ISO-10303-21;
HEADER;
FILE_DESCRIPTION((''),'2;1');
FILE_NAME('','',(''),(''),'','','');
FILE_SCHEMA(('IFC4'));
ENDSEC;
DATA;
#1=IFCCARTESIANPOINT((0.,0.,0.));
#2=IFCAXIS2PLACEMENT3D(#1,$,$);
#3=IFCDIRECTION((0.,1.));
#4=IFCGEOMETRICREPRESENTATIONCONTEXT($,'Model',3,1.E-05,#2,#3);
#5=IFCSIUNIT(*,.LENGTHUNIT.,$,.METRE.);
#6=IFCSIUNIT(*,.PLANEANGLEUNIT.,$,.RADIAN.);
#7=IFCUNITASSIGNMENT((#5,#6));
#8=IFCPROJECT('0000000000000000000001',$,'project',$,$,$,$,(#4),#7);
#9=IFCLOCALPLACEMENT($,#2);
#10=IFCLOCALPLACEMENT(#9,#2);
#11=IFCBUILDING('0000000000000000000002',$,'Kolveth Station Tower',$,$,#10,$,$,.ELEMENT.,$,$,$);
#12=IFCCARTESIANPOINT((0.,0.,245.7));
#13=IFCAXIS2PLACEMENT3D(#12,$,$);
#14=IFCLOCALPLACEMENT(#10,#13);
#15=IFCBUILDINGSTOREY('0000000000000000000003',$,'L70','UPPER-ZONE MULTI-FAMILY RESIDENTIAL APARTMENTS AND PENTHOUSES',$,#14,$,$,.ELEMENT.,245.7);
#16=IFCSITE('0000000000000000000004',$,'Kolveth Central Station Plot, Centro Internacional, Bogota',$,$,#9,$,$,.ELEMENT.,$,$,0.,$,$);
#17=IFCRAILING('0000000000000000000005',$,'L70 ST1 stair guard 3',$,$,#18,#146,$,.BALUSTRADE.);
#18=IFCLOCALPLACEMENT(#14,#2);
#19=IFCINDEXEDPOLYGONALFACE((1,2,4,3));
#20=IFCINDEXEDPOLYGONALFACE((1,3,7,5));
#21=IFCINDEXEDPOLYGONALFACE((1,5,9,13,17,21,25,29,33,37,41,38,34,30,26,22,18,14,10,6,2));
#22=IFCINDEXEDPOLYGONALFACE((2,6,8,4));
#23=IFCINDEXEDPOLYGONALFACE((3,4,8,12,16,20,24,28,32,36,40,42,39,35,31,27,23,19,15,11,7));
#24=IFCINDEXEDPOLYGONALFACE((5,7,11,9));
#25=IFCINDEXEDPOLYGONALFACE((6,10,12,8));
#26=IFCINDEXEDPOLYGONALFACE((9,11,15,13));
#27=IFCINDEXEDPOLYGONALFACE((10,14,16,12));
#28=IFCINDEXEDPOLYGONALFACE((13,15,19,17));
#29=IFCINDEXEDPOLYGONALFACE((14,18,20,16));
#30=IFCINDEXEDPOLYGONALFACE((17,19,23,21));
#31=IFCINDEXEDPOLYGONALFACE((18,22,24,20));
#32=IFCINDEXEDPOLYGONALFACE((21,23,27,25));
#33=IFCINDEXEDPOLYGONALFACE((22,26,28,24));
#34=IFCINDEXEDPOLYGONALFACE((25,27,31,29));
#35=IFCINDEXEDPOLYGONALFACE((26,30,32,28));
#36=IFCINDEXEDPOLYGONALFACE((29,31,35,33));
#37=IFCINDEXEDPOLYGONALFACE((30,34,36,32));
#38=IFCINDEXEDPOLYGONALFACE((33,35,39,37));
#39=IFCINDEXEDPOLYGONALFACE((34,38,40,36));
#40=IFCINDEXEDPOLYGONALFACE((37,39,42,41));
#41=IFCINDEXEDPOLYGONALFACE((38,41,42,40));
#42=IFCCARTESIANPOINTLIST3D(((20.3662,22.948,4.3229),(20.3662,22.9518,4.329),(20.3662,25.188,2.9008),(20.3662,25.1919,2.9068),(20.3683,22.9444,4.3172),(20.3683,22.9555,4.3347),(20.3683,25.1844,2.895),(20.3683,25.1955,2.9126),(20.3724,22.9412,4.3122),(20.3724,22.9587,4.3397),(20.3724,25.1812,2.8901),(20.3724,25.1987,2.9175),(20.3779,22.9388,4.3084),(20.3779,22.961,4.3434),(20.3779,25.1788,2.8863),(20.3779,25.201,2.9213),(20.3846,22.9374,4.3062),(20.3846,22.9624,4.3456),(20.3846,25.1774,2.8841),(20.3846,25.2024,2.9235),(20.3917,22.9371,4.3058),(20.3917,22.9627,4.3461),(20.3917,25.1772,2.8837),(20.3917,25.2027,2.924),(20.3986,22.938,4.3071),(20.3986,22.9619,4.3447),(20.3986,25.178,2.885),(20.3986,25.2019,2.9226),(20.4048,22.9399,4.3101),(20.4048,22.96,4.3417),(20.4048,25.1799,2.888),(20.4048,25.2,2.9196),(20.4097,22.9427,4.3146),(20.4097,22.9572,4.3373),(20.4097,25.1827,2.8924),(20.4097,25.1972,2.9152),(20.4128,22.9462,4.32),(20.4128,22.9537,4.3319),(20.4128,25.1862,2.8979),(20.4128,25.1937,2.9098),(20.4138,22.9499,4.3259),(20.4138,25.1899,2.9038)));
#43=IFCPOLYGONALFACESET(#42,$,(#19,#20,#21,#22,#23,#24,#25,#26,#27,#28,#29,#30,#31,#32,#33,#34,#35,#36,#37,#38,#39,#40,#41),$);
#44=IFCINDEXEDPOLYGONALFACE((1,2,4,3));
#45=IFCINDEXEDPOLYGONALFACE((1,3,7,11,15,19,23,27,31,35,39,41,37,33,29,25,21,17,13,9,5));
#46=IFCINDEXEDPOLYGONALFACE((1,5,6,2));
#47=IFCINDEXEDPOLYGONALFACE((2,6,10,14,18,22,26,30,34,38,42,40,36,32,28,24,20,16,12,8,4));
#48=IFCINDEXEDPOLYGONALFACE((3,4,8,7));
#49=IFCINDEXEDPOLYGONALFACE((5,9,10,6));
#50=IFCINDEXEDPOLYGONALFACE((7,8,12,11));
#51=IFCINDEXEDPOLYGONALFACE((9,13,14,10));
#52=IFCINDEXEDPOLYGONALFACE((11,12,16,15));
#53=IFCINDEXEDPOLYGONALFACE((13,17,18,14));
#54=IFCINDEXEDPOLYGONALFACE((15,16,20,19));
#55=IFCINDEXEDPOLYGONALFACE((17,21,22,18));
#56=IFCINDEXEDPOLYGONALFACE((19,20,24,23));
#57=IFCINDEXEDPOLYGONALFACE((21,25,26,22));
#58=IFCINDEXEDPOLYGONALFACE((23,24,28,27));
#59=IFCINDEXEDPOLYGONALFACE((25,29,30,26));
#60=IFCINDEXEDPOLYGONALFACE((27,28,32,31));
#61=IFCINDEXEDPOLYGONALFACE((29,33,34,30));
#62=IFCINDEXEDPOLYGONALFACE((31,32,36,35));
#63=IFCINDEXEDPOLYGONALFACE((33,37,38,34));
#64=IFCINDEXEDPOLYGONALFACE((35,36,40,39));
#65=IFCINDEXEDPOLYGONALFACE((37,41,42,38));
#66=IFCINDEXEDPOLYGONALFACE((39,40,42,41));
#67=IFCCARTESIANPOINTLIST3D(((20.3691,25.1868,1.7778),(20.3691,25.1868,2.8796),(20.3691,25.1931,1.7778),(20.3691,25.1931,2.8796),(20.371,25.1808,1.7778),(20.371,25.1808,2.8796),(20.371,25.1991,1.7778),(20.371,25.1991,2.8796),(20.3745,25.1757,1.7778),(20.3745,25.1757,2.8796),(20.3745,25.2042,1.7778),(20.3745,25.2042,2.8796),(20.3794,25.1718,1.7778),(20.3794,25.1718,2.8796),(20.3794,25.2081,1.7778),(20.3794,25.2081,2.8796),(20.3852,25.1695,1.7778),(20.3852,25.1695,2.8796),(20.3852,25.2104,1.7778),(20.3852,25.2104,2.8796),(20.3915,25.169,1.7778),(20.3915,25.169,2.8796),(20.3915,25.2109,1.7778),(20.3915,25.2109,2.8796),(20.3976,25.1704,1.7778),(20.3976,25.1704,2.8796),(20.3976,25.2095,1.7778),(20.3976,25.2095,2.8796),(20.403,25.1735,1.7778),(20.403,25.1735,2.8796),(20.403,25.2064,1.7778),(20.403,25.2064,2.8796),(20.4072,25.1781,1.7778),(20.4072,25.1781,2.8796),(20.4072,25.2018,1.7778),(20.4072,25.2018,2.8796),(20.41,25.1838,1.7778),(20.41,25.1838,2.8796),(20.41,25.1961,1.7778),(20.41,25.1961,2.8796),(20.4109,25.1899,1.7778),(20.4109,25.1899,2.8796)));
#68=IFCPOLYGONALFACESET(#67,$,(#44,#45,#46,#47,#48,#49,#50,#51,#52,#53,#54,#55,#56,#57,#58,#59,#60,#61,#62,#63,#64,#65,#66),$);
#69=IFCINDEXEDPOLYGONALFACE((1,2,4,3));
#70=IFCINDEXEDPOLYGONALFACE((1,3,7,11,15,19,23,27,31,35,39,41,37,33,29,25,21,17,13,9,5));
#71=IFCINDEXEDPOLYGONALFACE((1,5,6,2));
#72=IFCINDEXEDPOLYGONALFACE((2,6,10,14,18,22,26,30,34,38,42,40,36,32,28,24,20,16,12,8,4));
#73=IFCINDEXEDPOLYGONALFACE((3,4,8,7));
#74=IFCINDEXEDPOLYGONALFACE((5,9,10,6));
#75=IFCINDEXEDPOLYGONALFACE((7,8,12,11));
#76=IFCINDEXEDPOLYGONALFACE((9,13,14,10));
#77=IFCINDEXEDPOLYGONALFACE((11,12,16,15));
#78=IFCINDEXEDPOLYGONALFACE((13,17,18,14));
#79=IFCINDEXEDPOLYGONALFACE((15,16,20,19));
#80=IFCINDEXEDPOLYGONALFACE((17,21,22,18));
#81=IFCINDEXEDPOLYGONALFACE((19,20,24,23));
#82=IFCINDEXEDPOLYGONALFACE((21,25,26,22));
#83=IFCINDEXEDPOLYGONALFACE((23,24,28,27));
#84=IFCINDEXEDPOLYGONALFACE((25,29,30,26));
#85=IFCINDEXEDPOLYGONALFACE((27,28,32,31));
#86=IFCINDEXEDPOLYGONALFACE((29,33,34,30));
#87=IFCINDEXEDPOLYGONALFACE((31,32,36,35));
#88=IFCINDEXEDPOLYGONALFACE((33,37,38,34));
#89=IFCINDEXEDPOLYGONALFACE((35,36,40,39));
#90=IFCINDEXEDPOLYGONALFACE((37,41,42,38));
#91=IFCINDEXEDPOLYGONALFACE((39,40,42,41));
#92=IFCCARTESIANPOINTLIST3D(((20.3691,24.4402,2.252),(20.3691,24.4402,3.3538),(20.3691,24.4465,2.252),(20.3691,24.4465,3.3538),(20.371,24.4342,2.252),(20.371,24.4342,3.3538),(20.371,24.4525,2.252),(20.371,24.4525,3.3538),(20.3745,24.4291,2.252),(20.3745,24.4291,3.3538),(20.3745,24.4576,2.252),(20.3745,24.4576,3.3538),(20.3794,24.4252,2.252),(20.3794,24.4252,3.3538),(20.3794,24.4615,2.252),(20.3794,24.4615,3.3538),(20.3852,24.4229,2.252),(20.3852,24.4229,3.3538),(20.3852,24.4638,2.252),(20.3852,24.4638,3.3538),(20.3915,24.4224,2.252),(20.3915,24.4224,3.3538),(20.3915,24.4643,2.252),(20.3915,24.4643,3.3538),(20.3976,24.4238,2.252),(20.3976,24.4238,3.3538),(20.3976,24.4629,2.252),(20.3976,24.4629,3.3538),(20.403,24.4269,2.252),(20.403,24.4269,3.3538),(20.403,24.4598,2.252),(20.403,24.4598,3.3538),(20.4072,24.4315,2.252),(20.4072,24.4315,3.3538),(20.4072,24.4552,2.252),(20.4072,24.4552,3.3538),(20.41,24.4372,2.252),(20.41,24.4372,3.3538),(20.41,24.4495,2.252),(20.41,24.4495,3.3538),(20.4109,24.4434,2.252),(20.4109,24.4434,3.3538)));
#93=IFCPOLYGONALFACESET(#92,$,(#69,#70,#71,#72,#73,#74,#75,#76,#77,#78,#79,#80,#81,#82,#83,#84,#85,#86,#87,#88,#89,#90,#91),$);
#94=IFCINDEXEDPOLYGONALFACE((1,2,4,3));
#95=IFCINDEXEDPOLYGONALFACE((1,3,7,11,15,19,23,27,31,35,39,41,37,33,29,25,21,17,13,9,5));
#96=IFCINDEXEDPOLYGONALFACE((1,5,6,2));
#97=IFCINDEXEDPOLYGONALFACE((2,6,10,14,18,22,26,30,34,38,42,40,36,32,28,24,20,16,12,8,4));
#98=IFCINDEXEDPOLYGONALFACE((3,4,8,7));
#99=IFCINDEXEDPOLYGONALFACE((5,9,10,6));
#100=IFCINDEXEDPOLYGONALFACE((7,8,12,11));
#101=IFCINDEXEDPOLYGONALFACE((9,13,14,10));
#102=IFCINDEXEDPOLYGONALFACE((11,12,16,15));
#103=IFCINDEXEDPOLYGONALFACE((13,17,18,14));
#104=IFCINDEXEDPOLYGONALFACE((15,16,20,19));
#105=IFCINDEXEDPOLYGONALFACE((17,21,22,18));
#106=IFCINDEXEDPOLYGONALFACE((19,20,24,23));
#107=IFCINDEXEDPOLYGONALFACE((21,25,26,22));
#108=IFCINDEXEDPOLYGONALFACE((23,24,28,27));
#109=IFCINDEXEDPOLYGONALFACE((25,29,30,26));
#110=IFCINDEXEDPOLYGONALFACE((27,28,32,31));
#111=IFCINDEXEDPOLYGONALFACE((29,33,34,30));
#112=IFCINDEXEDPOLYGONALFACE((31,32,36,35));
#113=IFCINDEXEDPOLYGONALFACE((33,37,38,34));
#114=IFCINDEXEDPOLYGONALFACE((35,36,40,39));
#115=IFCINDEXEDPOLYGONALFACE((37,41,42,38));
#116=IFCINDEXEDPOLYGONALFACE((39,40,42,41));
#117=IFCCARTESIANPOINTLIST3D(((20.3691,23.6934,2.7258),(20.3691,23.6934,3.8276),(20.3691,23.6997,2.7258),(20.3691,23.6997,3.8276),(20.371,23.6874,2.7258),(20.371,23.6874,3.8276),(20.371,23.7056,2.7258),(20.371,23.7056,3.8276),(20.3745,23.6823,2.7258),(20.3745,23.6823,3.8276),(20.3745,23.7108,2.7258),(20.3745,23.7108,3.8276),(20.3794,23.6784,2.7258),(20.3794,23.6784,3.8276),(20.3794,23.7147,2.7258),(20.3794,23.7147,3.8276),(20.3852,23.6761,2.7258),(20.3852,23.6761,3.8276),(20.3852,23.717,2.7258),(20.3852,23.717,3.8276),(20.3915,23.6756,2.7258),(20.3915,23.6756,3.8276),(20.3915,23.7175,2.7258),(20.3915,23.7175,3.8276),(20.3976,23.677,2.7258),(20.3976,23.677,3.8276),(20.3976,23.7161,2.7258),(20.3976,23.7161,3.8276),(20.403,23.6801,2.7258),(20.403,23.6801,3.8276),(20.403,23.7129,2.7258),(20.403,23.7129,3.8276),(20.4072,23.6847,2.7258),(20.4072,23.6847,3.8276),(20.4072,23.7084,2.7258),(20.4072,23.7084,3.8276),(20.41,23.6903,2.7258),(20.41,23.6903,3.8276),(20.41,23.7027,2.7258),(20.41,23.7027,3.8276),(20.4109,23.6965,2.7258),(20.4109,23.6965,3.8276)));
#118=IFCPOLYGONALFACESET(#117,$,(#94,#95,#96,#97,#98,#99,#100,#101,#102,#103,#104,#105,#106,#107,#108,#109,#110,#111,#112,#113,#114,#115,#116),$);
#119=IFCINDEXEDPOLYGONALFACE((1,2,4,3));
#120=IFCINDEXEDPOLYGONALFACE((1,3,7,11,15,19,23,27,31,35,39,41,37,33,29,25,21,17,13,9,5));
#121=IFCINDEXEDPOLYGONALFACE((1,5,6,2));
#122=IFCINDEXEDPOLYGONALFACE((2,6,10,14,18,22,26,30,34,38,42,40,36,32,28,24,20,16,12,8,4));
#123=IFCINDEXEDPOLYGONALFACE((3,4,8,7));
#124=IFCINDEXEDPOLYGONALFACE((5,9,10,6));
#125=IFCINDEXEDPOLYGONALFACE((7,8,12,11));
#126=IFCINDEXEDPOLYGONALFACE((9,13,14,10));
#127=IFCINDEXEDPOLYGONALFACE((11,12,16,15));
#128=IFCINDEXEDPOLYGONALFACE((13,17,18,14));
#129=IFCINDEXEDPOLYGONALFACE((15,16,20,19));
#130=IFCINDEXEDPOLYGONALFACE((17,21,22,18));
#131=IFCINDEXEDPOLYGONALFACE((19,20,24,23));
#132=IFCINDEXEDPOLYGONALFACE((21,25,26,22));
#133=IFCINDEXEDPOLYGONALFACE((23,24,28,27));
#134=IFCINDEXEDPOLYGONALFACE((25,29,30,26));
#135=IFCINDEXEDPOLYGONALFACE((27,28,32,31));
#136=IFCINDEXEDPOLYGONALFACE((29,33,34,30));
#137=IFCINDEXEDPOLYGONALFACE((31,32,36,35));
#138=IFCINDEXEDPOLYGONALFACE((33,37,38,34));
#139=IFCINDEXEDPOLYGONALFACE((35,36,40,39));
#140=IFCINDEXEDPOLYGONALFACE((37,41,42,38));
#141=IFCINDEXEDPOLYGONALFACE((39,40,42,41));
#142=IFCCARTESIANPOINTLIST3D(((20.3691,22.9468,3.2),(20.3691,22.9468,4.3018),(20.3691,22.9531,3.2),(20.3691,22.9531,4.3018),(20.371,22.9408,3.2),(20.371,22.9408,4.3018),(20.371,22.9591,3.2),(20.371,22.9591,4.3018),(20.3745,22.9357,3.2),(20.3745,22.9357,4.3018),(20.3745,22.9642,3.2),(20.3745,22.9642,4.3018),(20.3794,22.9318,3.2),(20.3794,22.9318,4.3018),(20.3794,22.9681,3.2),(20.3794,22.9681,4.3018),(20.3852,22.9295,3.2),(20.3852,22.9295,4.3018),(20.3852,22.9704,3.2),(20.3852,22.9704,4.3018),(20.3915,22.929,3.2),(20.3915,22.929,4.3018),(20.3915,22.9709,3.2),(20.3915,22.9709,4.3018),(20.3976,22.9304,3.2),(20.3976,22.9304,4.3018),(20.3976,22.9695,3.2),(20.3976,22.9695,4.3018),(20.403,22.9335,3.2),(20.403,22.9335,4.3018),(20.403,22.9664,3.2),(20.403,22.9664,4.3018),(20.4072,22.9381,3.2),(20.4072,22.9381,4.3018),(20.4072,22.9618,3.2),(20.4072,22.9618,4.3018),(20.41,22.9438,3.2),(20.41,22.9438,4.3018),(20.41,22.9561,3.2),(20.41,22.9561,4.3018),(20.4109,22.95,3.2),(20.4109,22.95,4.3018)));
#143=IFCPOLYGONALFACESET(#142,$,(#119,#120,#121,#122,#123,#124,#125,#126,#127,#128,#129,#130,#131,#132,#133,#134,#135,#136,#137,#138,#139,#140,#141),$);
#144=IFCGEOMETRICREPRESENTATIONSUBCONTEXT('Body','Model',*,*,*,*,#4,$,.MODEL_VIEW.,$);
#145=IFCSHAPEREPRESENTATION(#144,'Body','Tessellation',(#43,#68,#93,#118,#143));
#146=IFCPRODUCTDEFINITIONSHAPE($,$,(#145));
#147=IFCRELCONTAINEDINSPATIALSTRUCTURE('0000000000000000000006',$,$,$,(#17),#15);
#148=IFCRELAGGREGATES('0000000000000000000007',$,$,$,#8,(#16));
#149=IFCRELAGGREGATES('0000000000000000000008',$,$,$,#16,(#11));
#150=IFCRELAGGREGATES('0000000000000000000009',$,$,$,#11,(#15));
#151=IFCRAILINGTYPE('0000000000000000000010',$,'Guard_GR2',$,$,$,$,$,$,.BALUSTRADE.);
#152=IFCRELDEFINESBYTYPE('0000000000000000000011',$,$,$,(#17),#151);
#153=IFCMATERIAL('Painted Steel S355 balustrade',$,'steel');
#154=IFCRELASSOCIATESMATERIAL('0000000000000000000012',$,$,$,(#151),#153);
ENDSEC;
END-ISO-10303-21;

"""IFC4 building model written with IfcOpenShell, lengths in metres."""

from ifc_helpers import new_model, si_unit, direction, frame, origin, origin_2d, place, context, subcontext, project, spatial, circle, extrude, material, type_object, element, save


model = new_model("IFC4")

# Units and contexts
model_context = context("Model", 3, precision=1e-05, world=origin(), true_north=direction((0.0, 1.0)))
body_context = subcontext(model_context, "Body", "Model", "MODEL_VIEW")
ifc_project = project(units=[si_unit("LENGTHUNIT", "METRE"), si_unit("PLANEANGLEUNIT", "RADIAN")], contexts=[model_context])

# Site, building, storey
site_placement = place(None, origin())
site = spatial("IfcSite", under=ifc_project, at=site_placement, Name="Kolveth Central Station Plot, Centro Internacional, Bogota", CompositionType="ELEMENT", RefElevation=0.0)
building_placement = place(site_placement, origin())
building = spatial("IfcBuilding", under=site, at=building_placement, Name="Kolveth Station Tower", CompositionType="ELEMENT")
storey_placement = place(building_placement, frame((0.0, 0.0, 245.7)))
storey = spatial("IfcBuildingStorey", under=building, at=storey_placement, Name="L70", Description="UPPER-ZONE MULTI-FAMILY RESIDENTIAL APARTMENTS AND PENTHOUSES", CompositionType="ELEMENT", Elevation=245.7)

# Railing
ifc_material_1 = material(Name="Painted Steel S355 balustrade", Category="steel")
railing_type_1 = type_object("IfcRailingType", Name="Guard_GR2", PredefinedType="BALUSTRADE", material=ifc_material_1)
railing_1_placement = place(storey_placement, frame((20.3899, 25.1899, 1.7778)))
element("IfcRailing", 1, at=railing_1_placement, inside=storey, type_object=railing_type_1, Name="L70 ST1 stair guard 3", PredefinedType="BALUSTRADE", context=body_context, shape_type="SweptSolid", body=[
    extrude(circle(Radius=0.0239, at=origin_2d()), frame((0.0, 0.0, 1.126), z_axis=(0.0, -0.844229, 0.535982), x_axis=(1.0, 0.0, 0.0)), (0.0, 0.0, 1.0), 2.6533),
    extrude(circle(Radius=0.021, at=origin_2d()), origin(), (0.0, 0.0, 1.0), 1.1018),
    extrude(circle(Radius=0.021, at=origin_2d()), frame((0.0, -0.7466, 0.4741)), (0.0, 0.0, 1.0), 1.1018),
    extrude(circle(Radius=0.021, at=origin_2d()), frame((0.0, -1.4934, 0.948)), (0.0, 0.0, 1.0), 1.1018),
    extrude(circle(Radius=0.021, at=origin_2d()), frame((0.0, -2.24, 1.4221)), (0.0, 0.0, 1.0), 1.1018),
])

save(model, "model.ifc")
